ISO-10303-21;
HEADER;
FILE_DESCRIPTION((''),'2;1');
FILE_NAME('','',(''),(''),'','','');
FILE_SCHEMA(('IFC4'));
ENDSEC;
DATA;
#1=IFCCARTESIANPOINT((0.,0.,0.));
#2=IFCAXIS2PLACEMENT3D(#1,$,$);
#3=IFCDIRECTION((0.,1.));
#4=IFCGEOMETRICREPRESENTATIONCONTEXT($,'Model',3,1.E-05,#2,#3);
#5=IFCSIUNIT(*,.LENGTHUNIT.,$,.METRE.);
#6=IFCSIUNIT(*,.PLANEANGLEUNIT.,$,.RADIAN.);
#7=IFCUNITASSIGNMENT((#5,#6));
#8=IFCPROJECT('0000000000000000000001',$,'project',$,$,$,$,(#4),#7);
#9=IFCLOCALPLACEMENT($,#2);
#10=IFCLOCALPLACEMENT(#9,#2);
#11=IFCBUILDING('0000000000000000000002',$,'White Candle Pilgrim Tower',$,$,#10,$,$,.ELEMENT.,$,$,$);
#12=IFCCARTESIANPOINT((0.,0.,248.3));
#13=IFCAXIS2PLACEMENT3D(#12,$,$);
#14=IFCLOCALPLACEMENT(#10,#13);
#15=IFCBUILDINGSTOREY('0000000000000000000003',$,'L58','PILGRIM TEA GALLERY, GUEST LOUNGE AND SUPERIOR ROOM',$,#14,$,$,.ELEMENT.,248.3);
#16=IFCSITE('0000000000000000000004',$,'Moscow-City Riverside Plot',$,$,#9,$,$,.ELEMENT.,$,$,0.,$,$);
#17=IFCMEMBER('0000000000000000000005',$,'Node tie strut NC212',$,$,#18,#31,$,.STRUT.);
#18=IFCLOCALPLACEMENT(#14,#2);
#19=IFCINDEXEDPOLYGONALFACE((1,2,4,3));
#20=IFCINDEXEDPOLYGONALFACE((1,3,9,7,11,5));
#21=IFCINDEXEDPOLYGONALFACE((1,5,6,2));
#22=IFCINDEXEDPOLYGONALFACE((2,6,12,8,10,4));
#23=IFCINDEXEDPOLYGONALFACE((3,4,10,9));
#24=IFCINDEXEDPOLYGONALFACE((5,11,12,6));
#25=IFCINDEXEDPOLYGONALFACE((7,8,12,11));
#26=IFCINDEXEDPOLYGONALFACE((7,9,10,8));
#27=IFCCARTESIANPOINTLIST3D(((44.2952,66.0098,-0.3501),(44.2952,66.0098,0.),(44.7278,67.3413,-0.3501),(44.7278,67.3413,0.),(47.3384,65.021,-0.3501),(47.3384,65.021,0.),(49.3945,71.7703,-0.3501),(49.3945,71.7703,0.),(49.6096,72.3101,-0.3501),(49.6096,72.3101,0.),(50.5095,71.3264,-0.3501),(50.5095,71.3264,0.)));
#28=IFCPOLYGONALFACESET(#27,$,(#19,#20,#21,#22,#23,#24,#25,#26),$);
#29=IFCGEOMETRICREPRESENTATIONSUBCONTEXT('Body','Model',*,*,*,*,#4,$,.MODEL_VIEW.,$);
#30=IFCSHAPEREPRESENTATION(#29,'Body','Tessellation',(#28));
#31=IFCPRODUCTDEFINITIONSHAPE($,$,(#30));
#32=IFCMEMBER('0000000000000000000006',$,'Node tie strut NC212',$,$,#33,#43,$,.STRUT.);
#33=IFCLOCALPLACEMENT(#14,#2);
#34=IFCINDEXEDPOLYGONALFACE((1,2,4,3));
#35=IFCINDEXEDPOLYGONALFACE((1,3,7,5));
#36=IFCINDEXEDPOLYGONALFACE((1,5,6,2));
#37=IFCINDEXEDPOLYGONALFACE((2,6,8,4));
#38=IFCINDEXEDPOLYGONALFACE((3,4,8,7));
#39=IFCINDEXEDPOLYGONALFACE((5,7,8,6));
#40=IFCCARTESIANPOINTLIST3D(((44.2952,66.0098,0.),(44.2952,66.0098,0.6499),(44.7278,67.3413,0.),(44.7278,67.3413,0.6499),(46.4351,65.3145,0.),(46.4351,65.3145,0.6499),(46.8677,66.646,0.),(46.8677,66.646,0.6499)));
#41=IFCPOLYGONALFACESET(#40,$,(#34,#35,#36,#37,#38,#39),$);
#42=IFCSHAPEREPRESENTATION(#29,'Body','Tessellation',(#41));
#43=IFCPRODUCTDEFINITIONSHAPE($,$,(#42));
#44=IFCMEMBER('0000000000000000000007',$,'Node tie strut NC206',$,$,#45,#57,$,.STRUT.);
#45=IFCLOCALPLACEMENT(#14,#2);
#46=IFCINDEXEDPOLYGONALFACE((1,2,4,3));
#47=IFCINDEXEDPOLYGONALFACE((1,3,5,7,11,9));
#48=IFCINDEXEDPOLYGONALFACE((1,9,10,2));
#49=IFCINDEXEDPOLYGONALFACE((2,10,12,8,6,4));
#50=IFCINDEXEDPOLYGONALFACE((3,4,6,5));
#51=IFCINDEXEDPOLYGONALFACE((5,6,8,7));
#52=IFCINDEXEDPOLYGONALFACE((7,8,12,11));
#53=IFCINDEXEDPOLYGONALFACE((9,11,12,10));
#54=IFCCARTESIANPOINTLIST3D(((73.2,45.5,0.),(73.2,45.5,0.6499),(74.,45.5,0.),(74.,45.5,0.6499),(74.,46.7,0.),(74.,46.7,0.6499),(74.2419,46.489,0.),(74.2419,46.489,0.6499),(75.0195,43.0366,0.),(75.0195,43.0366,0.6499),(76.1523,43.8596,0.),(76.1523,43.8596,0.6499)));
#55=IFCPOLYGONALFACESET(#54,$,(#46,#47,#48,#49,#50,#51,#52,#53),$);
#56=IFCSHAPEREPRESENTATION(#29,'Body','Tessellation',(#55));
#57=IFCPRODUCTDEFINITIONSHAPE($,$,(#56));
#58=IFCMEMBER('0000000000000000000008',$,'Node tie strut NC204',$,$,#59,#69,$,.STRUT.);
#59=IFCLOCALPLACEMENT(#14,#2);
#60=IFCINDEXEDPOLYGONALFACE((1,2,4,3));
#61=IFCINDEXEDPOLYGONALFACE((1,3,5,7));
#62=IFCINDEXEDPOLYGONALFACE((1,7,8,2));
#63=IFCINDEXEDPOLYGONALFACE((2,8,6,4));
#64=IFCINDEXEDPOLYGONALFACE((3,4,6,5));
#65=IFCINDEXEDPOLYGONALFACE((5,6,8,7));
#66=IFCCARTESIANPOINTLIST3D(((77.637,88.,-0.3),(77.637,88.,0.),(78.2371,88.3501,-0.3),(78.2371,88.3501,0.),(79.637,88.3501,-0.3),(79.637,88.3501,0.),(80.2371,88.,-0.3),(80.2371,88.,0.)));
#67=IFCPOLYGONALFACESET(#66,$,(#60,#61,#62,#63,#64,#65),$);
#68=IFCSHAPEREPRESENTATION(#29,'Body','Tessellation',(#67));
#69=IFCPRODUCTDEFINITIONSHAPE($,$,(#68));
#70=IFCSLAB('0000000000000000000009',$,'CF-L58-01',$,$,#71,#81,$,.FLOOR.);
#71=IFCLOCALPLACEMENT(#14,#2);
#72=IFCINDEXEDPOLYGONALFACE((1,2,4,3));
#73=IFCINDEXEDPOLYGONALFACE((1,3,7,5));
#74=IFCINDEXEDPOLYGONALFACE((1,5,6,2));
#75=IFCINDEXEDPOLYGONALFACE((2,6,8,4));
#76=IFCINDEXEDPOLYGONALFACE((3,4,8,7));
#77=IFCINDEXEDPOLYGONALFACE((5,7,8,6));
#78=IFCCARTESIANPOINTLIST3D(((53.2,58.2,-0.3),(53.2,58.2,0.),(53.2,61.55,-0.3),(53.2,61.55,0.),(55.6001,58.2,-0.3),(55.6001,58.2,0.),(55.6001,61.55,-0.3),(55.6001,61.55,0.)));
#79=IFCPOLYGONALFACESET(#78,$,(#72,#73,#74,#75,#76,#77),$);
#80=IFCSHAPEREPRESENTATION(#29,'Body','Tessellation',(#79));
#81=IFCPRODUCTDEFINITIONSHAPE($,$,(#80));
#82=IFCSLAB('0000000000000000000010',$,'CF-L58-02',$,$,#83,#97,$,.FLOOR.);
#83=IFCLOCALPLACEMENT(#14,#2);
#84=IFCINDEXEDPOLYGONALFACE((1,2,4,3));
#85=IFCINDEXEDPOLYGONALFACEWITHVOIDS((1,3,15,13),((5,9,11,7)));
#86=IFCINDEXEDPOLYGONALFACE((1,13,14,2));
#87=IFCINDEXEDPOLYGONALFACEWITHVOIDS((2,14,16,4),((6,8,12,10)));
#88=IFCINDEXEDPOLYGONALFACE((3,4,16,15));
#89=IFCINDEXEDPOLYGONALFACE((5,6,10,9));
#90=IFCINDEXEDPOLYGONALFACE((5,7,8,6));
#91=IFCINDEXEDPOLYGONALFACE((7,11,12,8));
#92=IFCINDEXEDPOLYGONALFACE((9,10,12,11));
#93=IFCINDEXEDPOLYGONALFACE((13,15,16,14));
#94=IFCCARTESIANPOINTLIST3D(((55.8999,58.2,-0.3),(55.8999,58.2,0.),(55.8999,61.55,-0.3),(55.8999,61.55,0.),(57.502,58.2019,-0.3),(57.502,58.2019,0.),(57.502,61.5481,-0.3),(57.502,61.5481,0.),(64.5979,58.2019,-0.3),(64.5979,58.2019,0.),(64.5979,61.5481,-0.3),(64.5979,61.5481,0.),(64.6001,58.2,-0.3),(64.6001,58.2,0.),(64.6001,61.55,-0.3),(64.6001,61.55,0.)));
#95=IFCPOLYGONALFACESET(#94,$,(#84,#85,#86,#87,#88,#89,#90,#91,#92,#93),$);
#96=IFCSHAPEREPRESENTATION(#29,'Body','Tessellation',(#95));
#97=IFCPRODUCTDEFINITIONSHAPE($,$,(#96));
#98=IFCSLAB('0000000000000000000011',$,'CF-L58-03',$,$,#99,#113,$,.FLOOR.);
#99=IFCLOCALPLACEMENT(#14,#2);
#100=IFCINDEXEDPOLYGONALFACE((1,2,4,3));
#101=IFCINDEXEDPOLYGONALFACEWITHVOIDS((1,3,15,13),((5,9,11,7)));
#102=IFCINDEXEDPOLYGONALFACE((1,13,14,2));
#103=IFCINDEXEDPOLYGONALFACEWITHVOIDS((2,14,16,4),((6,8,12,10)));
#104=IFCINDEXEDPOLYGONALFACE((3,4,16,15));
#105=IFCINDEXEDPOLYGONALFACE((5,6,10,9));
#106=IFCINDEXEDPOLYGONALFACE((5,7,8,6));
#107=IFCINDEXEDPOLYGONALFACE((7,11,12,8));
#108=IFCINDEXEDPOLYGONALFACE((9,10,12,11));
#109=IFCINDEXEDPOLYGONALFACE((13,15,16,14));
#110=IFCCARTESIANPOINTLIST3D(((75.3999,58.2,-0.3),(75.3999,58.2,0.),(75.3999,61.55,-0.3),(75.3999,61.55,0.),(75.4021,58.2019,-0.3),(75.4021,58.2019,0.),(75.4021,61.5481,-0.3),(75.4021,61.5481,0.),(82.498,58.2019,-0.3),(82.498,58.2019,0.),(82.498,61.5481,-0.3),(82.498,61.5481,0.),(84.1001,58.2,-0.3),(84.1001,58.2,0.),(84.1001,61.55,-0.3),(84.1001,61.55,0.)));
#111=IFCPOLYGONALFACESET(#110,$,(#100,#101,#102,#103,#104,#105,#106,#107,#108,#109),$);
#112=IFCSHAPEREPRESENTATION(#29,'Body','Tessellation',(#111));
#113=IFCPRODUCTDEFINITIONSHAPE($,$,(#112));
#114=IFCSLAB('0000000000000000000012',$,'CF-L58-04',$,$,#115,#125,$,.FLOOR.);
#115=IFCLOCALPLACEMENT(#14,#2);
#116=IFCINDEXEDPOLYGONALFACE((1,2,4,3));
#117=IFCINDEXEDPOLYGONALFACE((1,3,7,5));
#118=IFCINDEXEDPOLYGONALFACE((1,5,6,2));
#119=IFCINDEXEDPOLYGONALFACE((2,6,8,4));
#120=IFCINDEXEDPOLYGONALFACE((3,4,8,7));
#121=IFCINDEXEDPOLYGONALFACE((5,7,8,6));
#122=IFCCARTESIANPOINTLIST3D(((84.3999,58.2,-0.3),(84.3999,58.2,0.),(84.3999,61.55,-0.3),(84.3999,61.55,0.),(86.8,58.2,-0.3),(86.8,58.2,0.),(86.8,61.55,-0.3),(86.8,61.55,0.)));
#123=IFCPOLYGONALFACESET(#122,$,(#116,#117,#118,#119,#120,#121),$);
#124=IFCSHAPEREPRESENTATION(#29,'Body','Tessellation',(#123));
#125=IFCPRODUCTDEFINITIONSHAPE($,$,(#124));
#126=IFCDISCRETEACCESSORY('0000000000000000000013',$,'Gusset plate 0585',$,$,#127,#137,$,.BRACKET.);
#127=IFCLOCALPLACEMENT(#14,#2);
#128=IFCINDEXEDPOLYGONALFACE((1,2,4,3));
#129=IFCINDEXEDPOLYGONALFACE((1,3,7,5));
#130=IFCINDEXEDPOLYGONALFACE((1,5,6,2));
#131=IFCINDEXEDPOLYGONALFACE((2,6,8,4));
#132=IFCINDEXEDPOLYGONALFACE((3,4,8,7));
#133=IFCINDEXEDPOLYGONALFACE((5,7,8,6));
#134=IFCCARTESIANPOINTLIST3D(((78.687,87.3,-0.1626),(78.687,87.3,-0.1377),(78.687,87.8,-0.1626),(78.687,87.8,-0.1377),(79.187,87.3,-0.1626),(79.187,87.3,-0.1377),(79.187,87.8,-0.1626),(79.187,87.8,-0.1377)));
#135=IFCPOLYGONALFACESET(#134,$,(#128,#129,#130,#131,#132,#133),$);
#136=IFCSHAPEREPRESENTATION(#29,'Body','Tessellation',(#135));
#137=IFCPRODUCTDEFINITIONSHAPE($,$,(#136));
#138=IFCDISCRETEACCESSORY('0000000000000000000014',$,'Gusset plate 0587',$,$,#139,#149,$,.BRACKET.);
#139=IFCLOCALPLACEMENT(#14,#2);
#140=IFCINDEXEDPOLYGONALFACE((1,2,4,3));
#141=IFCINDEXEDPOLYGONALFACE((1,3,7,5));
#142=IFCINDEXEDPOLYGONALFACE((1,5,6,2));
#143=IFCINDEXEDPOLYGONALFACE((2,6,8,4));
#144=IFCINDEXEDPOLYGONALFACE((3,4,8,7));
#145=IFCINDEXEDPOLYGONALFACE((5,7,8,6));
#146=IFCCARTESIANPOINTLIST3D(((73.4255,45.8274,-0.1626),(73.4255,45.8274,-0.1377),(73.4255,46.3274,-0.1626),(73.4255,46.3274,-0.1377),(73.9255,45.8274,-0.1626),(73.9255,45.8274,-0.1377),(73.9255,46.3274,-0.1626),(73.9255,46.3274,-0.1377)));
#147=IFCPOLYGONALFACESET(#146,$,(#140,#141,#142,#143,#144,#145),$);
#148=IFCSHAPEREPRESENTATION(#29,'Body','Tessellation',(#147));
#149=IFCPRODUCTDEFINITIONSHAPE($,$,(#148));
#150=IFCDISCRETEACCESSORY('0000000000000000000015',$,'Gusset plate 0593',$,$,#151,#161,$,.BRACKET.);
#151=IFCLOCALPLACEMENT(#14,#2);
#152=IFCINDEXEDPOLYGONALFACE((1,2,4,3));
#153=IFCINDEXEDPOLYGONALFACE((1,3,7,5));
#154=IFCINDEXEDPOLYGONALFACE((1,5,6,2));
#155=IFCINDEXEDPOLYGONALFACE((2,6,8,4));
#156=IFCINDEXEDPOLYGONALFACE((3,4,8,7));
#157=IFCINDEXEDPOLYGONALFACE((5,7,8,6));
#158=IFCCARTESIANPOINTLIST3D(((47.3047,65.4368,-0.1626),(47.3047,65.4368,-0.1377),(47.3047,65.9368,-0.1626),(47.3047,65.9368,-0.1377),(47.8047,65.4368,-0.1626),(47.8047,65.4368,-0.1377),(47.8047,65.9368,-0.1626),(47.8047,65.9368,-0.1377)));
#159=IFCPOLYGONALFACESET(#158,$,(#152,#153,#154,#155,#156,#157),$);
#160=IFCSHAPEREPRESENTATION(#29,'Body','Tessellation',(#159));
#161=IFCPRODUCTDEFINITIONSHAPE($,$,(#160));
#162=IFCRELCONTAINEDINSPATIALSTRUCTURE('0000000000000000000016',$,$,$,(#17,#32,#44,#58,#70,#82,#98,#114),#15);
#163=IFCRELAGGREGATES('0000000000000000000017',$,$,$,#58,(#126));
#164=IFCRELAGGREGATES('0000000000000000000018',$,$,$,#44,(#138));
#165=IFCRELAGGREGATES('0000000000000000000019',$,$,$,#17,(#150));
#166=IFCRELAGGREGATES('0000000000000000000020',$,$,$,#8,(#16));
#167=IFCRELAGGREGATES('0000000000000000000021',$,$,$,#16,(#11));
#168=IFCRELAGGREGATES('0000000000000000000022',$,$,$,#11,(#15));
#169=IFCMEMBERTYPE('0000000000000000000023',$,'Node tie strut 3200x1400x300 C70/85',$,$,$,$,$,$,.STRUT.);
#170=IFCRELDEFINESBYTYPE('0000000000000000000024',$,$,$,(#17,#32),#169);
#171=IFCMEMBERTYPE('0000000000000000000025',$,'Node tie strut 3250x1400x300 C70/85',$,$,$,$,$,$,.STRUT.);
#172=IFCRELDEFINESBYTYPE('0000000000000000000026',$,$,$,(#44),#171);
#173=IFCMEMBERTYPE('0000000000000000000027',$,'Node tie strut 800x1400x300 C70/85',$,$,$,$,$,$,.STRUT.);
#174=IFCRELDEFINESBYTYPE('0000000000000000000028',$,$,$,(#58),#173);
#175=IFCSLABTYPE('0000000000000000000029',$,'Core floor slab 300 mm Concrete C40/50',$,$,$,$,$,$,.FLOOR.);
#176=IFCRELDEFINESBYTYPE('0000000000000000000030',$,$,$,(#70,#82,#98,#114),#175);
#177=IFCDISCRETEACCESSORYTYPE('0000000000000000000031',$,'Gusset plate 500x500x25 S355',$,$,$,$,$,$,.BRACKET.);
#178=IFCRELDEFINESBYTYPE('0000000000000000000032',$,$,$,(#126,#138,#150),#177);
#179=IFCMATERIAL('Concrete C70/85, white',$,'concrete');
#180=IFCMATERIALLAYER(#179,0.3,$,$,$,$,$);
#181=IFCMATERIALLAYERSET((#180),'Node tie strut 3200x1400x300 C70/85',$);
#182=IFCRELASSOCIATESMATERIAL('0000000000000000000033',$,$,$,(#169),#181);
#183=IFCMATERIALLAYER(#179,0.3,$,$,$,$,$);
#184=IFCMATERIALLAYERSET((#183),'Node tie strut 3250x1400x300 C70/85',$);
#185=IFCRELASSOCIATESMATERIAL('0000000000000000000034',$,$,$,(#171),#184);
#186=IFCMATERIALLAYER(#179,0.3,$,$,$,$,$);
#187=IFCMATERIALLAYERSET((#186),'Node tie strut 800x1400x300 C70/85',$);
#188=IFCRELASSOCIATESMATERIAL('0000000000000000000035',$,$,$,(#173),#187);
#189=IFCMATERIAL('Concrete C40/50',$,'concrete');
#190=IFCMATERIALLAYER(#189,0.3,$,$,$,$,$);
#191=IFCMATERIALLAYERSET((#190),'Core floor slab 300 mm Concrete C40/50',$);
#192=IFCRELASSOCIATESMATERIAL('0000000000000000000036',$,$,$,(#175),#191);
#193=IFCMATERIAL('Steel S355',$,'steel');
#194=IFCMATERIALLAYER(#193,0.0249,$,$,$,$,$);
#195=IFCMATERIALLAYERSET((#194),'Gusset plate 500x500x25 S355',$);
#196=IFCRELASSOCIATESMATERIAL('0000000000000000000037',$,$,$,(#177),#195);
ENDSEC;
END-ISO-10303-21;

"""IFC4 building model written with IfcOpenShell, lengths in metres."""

from ifc_helpers import new_model, si_unit, direction, frame, origin, origin_2d, place, context, subcontext, project, spatial, polyline, rectangle, outline, extrude, material, layer, layer_set, type_object, element, aggregate, save


model = new_model("IFC4")

# Units and contexts
model_context = context("Model", 3, precision=1e-05, world=origin(), true_north=direction((0.0, 1.0)))
body_context = subcontext(model_context, "Body", "Model", "MODEL_VIEW")
ifc_project = project(units=[si_unit("LENGTHUNIT", "METRE"), si_unit("PLANEANGLEUNIT", "RADIAN")], contexts=[model_context])

# Site, building, storey
site_placement = place(None, origin())
site = spatial("IfcSite", under=ifc_project, at=site_placement, Name="Moscow-City Riverside Plot", CompositionType="ELEMENT", RefElevation=0.0)
building_placement = place(site_placement, origin())
building = spatial("IfcBuilding", under=site, at=building_placement, Name="White Candle Pilgrim Tower", CompositionType="ELEMENT")
storey_placement = place(building_placement, frame((0.0, 0.0, 248.3)))
storey = spatial("IfcBuildingStorey", under=building, at=storey_placement, Name="L58", Description="PILGRIM TEA GALLERY, GUEST LOUNGE AND SUPERIOR ROOM", CompositionType="ELEMENT", Elevation=248.3)

# Members
ifc_material_1 = material(Name="Concrete C70/85, white", Category="concrete")
ifc_layer_1 = layer(ifc_material_1, 0.3)
ifc_layer_set_1 = layer_set([ifc_layer_1], Name="Node tie strut 3200x1400x300 C70/85")
member_type_1 = type_object("IfcMemberType", Name="Node tie strut 3200x1400x300 C70/85", PredefinedType="STRUT", material=ifc_layer_set_1)
member_1_placement = place(storey_placement, frame((0.0, 0.0, -0.3501)))
member_1 = element("IfcMember", 1, at=member_1_placement, inside=storey, type_object=member_type_1, Name="Node tie strut NC212", PredefinedType="STRUT", context=body_context, shape_type="SweptSolid", body=[
    extrude(outline(polyline([(47.3384, 65.021), (50.5095, 71.3264), (49.3945, 71.7703), (49.6096, 72.3101), (44.7278, 67.3413), (44.2952, 66.0098), (47.3384, 65.021)])), origin(), (0.0, 0.0, 1.0), 0.3501),
])
member_2_placement = place(storey_placement, origin())
element("IfcMember", 2, at=member_2_placement, inside=storey, type_object=member_type_1, Name="Node tie strut NC212", PredefinedType="STRUT", context=body_context, shape_type="SweptSolid", body=[
    extrude(outline(polyline([(46.4351, 65.3145), (46.8677, 66.646), (44.7278, 67.3413), (44.2952, 66.0098), (46.4351, 65.3145)])), origin(), (0.0, 0.0, 1.0), 0.6499),
])
ifc_layer_2 = layer(ifc_material_1, 0.3)
ifc_layer_set_2 = layer_set([ifc_layer_2], Name="Node tie strut 3250x1400x300 C70/85")
member_type_2 = type_object("IfcMemberType", Name="Node tie strut 3250x1400x300 C70/85", PredefinedType="STRUT", material=ifc_layer_set_2)
member_3_placement = place(storey_placement, origin())
member_3 = element("IfcMember", 3, at=member_3_placement, inside=storey, type_object=member_type_2, Name="Node tie strut NC206", PredefinedType="STRUT", context=body_context, shape_type="SweptSolid", body=[
    extrude(outline(polyline([(75.0195, 43.0366), (76.1523, 43.8596), (74.2419, 46.489), (74.0, 46.7), (74.0, 45.5), (73.2, 45.5), (75.0195, 43.0366)])), origin(), (0.0, 0.0, 1.0), 0.6499),
])
ifc_layer_3 = layer(ifc_material_1, 0.3)
ifc_layer_set_3 = layer_set([ifc_layer_3], Name="Node tie strut 800x1400x300 C70/85")
member_type_3 = type_object("IfcMemberType", Name="Node tie strut 800x1400x300 C70/85", PredefinedType="STRUT", material=ifc_layer_set_3)
member_4_placement = place(storey_placement, frame((0.0, 0.0, -0.3)))
member_4 = element("IfcMember", 4, at=member_4_placement, inside=storey, type_object=member_type_3, Name="Node tie strut NC204", PredefinedType="STRUT", context=body_context, shape_type="SweptSolid", body=[
    extrude(outline(polyline([(77.637, 88.0), (80.2371, 88.0), (79.637, 88.3501), (78.2371, 88.3501), (77.637, 88.0)])), origin(), (0.0, 0.0, 1.0), 0.3),
])

# Slabs
ifc_material_2 = material(Name="Concrete C40/50", Category="concrete")
ifc_layer_4 = layer(ifc_material_2, 0.3)
ifc_layer_set_4 = layer_set([ifc_layer_4], Name="Core floor slab 300 mm Concrete C40/50")
slab_type_1 = type_object("IfcSlabType", Name="Core floor slab 300 mm Concrete C40/50", PredefinedType="FLOOR", material=ifc_layer_set_4)
slab_1_placement = place(storey_placement, frame((0.0, 0.0, -0.3)))
element("IfcSlab", 5, at=slab_1_placement, inside=storey, type_object=slab_type_1, Name="CF-L58-01", PredefinedType="FLOOR", context=body_context, shape_type="SweptSolid", body=[
    extrude(outline(polyline([(55.6001, 58.2), (53.2, 58.2), (53.2, 61.55), (55.6001, 61.55), (55.6001, 58.2)])), origin(), (0.0, 0.0, 1.0), 0.3),
])
slab_2_placement = place(storey_placement, frame((0.0, 0.0, -0.3)))
element("IfcSlab", 6, at=slab_2_placement, inside=storey, type_object=slab_type_1, Name="CF-L58-02", PredefinedType="FLOOR", context=body_context, shape_type="SweptSolid", body=[
    extrude(outline(polyline([(55.8999, 58.2), (55.8999, 61.55), (64.6001, 61.55), (64.6001, 58.2), (55.8999, 58.2)]), holes=[polyline([(57.502, 61.5481), (57.502, 58.2019), (64.5979, 58.2019), (64.5979, 61.5481), (57.502, 61.5481)])]), origin(), (0.0, 0.0, 1.0), 0.3),
])
slab_3_placement = place(storey_placement, frame((0.0, 0.0, -0.3)))
element("IfcSlab", 7, at=slab_3_placement, inside=storey, type_object=slab_type_1, Name="CF-L58-03", PredefinedType="FLOOR", context=body_context, shape_type="SweptSolid", body=[
    extrude(outline(polyline([(75.3999, 58.2), (75.3999, 61.55), (84.1001, 61.55), (84.1001, 58.2), (75.3999, 58.2)]), holes=[polyline([(82.498, 61.5481), (75.4021, 61.5481), (75.4021, 58.2019), (82.498, 58.2019), (82.498, 61.5481)])]), origin(), (0.0, 0.0, 1.0), 0.3),
])
slab_4_placement = place(storey_placement, frame((0.0, 0.0, -0.3)))
element("IfcSlab", 8, at=slab_4_placement, inside=storey, type_object=slab_type_1, Name="CF-L58-04", PredefinedType="FLOOR", context=body_context, shape_type="SweptSolid", body=[
    extrude(outline(polyline([(86.8, 58.2), (84.3999, 58.2), (84.3999, 61.55), (86.8, 61.55), (86.8, 58.2)])), origin(), (0.0, 0.0, 1.0), 0.3),
])

# Discrete accessories
ifc_material_3 = material(Name="Steel S355", Category="steel")
ifc_layer_5 = layer(ifc_material_3, 0.0249)
ifc_layer_set_5 = layer_set([ifc_layer_5], Name="Gusset plate 500x500x25 S355")
discrete_accessory_type = type_object("IfcDiscreteAccessoryType", Name="Gusset plate 500x500x25 S355", PredefinedType="BRACKET", material=ifc_layer_set_5)
discrete_accessory_1_placement = place(storey_placement, frame((78.937, 87.55, -0.1626), z_axis=(0.0, 0.0, 1.0), x_axis=(1.0, 0.0, 0.0)))
discrete_accessory_1 = element("IfcDiscreteAccessory", 9, at=discrete_accessory_1_placement, type_object=discrete_accessory_type, Name="Gusset plate 0585", PredefinedType="BRACKET", context=body_context, shape_type="SweptSolid", body=[
    extrude(rectangle(XDim=0.5, YDim=0.5, at=origin_2d()), origin(), (0.0, 0.0, 1.0), 0.0249),
])
aggregate(member_4, [discrete_accessory_1])
discrete_accessory_2_placement = place(storey_placement, frame((73.6755, 46.0774, -0.1626), z_axis=(0.0, 0.0, 1.0), x_axis=(1.0, 0.0, 0.0)))
discrete_accessory_2 = element("IfcDiscreteAccessory", 10, at=discrete_accessory_2_placement, type_object=discrete_accessory_type, Name="Gusset plate 0587", PredefinedType="BRACKET", context=body_context, shape_type="SweptSolid", body=[
    extrude(rectangle(XDim=0.5, YDim=0.5, at=origin_2d()), origin(), (0.0, 0.0, 1.0), 0.0249),
])
aggregate(member_3, [discrete_accessory_2])
discrete_accessory_3_placement = place(storey_placement, frame((47.5547, 65.6868, -0.1626), z_axis=(0.0, 0.0, 1.0), x_axis=(1.0, 0.0, 0.0)))
discrete_accessory_3 = element("IfcDiscreteAccessory", 11, at=discrete_accessory_3_placement, type_object=discrete_accessory_type, Name="Gusset plate 0593", PredefinedType="BRACKET", context=body_context, shape_type="SweptSolid", body=[
    extrude(rectangle(XDim=0.5, YDim=0.5, at=origin_2d()), origin(), (0.0, 0.0, 1.0), 0.0249),
])
aggregate(member_1, [discrete_accessory_3])

save(model, "model.ifc")
